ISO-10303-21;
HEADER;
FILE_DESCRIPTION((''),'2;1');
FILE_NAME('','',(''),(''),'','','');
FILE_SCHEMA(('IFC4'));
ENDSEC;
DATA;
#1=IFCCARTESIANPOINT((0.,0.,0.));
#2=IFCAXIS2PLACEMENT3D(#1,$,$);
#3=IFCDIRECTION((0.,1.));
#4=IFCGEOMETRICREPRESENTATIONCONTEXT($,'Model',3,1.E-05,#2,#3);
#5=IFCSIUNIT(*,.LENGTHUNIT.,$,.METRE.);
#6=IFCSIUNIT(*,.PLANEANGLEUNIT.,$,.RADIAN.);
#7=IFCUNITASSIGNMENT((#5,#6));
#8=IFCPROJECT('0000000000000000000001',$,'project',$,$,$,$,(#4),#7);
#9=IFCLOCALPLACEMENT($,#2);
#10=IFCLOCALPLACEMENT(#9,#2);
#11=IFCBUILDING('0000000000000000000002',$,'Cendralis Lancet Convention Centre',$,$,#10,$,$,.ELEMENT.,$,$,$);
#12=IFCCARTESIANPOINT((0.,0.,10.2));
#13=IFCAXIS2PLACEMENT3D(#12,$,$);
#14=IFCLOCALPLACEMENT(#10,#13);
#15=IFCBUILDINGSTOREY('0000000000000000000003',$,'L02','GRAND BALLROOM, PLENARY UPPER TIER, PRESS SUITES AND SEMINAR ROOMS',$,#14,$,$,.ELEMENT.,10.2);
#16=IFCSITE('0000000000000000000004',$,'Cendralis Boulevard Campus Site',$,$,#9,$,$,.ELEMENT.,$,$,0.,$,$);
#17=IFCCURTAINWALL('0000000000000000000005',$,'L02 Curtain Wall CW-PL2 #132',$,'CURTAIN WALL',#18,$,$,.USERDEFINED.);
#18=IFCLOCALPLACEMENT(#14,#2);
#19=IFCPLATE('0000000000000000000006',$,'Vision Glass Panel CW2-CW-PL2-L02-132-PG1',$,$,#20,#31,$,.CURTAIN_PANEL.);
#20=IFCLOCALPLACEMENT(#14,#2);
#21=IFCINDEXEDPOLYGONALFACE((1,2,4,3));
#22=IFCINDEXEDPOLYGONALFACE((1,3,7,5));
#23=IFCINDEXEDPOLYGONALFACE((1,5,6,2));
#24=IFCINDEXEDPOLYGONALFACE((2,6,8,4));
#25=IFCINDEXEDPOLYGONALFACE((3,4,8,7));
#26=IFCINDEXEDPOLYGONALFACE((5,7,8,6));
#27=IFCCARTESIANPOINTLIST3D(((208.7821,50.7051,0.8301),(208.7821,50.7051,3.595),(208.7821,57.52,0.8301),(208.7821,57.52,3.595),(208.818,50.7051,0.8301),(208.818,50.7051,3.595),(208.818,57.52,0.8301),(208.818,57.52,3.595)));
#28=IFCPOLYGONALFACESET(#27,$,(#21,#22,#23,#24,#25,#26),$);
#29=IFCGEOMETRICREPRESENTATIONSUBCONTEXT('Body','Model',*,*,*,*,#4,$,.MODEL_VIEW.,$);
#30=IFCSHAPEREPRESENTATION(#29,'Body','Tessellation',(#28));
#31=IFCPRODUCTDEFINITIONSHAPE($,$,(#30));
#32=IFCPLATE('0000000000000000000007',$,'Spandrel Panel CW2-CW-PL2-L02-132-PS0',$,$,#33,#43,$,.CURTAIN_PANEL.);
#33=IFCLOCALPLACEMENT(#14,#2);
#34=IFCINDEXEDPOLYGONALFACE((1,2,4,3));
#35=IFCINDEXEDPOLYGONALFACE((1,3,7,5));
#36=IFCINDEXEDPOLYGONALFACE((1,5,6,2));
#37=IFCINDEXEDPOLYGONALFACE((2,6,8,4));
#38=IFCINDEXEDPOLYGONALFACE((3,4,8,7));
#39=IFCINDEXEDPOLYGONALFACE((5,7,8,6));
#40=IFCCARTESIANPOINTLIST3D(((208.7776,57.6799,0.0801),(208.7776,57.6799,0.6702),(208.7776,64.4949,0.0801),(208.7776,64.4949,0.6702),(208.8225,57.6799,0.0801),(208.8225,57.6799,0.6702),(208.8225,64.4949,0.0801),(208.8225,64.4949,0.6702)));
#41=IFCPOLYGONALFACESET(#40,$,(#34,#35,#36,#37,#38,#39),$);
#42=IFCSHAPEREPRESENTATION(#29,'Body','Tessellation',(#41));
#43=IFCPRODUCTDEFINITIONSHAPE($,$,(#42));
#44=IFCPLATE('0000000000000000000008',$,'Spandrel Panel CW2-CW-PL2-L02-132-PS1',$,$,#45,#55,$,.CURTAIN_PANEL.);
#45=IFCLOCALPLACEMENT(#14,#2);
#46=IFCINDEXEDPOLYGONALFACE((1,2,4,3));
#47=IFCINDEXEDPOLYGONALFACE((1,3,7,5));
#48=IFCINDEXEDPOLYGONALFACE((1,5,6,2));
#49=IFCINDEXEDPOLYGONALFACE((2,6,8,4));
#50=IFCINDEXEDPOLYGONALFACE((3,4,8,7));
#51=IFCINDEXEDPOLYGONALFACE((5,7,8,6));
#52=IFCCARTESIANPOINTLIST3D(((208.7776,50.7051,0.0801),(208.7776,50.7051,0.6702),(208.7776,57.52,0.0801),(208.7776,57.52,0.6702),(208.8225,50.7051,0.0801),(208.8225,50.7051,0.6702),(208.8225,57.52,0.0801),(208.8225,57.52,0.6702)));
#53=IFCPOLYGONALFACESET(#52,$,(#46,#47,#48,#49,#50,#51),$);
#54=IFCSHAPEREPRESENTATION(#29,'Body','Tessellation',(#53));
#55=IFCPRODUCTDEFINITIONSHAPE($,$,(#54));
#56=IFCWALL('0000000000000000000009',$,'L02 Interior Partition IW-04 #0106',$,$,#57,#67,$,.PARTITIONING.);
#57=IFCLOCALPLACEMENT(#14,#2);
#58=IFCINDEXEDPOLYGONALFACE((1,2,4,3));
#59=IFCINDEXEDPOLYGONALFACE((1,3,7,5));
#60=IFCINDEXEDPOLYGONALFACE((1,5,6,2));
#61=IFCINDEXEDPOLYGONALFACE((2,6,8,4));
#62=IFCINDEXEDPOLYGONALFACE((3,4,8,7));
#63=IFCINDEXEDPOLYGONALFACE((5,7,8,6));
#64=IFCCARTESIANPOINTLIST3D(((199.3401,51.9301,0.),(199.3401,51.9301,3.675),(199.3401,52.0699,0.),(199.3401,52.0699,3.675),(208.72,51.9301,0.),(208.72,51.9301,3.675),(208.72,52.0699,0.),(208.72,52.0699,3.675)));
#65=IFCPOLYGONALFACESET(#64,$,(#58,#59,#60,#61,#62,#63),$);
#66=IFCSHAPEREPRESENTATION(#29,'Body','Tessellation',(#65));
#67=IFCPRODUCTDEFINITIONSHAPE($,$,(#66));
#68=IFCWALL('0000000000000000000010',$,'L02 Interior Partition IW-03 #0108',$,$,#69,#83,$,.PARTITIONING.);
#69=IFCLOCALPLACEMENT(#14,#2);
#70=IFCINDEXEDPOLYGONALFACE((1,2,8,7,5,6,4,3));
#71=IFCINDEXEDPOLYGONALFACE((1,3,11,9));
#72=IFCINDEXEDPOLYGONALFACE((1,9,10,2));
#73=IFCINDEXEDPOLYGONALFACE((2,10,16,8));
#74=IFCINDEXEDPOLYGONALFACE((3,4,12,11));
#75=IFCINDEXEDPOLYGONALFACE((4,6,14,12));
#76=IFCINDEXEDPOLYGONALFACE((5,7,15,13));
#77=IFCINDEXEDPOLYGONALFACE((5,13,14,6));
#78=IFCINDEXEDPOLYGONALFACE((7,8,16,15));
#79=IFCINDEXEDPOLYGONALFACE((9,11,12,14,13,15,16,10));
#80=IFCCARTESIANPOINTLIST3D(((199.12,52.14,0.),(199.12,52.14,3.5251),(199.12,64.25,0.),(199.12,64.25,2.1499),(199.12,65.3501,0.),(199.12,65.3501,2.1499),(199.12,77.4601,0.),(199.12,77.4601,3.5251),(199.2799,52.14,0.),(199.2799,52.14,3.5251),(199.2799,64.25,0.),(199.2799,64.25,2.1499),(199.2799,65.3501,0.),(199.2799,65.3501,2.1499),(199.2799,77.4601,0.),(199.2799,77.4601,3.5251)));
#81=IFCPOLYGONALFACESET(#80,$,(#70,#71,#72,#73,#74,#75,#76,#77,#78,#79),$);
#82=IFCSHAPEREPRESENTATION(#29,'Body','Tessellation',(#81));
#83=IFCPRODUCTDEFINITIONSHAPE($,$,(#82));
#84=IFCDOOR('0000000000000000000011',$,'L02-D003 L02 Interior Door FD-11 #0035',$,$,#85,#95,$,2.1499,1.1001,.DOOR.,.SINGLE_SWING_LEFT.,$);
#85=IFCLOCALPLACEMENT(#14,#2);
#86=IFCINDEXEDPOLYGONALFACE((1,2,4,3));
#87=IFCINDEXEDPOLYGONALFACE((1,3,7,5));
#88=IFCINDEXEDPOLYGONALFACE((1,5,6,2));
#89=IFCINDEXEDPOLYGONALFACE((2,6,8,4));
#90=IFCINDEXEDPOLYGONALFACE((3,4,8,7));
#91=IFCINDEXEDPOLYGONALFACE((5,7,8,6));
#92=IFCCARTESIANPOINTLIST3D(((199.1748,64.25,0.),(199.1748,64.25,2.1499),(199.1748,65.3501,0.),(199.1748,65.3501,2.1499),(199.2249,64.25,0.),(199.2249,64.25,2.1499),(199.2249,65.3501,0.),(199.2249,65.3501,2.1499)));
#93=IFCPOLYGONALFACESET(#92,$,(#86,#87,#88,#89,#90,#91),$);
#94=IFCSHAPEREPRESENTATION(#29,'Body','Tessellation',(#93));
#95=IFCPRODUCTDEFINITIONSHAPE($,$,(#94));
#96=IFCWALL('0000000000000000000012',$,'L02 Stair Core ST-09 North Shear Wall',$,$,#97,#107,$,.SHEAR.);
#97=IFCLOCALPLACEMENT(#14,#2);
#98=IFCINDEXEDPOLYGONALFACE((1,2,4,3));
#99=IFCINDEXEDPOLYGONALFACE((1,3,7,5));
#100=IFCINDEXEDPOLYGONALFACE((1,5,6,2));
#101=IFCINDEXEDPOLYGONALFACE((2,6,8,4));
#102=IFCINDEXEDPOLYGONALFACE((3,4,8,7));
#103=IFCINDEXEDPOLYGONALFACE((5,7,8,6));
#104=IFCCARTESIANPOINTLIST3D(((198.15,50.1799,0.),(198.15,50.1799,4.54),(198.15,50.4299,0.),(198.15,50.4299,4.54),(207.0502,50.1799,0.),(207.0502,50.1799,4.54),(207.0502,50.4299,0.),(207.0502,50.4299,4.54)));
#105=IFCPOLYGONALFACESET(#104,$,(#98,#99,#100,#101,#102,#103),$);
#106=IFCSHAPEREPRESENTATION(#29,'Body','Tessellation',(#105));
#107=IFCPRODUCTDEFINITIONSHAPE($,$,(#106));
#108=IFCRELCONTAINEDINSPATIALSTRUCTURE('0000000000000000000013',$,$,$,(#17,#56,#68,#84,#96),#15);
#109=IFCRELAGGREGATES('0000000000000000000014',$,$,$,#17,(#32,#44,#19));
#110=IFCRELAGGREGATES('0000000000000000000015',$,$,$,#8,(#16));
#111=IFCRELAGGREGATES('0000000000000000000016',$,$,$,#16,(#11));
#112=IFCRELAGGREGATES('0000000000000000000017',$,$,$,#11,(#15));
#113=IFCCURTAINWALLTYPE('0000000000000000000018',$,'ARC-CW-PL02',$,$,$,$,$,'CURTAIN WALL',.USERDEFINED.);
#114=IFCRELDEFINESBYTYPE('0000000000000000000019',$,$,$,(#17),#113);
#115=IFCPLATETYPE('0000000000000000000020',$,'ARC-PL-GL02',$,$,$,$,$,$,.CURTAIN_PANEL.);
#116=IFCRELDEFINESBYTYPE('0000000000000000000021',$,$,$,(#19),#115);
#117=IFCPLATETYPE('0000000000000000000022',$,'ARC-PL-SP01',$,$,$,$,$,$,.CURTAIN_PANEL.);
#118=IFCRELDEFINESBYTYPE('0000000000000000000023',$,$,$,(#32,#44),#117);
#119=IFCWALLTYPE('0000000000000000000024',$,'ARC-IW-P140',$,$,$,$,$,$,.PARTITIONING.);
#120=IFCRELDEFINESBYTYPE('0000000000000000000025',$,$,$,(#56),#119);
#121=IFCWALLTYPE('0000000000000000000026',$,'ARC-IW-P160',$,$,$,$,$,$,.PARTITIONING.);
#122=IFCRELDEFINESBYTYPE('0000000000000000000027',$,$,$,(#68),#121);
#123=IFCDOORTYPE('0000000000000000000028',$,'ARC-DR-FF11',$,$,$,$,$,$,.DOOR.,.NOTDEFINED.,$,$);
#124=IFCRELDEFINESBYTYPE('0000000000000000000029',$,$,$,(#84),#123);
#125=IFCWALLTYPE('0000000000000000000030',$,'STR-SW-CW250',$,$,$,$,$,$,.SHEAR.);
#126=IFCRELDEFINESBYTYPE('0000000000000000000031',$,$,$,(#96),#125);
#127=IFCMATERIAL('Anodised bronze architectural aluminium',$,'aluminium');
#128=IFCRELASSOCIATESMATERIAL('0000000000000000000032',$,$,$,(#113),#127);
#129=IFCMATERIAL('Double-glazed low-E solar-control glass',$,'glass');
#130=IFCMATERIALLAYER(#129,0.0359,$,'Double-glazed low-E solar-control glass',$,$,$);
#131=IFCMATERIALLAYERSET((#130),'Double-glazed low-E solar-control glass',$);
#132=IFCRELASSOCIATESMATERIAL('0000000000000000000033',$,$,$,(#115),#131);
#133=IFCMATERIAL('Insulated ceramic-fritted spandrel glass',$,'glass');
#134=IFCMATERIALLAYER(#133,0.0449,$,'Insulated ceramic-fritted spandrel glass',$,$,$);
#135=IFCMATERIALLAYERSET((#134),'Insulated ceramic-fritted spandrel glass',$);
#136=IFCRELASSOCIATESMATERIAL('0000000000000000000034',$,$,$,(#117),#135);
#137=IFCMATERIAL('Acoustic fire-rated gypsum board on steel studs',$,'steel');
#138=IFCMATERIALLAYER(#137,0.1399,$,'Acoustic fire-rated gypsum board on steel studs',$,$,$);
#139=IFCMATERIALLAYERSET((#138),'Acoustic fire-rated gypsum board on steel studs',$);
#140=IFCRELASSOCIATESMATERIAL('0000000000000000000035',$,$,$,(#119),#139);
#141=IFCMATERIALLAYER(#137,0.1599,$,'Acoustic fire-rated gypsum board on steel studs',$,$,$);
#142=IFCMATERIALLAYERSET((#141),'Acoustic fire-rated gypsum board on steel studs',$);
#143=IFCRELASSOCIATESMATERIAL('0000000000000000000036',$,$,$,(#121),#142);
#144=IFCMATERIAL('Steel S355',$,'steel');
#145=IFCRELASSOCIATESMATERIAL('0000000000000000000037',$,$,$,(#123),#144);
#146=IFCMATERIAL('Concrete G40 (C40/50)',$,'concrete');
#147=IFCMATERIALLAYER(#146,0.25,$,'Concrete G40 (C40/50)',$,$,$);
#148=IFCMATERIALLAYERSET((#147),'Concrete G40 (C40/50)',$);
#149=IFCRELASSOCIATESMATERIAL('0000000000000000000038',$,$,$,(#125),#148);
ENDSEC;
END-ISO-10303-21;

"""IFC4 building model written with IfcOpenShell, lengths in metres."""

from ifc_helpers import new_model, si_unit, direction, frame, frame_2d, origin, origin_2d, place, context, subcontext, project, spatial, rectangle, extrude, material, layer, layer_set, type_object, element, fill, aggregate, save


model = new_model("IFC4")

# Units and contexts
model_context = context("Model", 3, precision=1e-05, world=origin(), true_north=direction((0.0, 1.0)))
body_context = subcontext(model_context, "Body", "Model", "MODEL_VIEW")
ifc_project = project(units=[si_unit("LENGTHUNIT", "METRE"), si_unit("PLANEANGLEUNIT", "RADIAN")], contexts=[model_context])

# Site, building, storey
site_placement = place(None, origin())
site = spatial("IfcSite", under=ifc_project, at=site_placement, Name="Cendralis Boulevard Campus Site", CompositionType="ELEMENT", RefElevation=0.0)
building_placement = place(site_placement, origin())
building = spatial("IfcBuilding", under=site, at=building_placement, Name="Cendralis Lancet Convention Centre", CompositionType="ELEMENT")
storey_placement = place(building_placement, frame((0.0, 0.0, 10.2)))
storey = spatial("IfcBuildingStorey", under=building, at=storey_placement, Name="L02", Description="GRAND BALLROOM, PLENARY UPPER TIER, PRESS SUITES AND SEMINAR ROOMS", CompositionType="ELEMENT", Elevation=10.2)

# Shared definitions
ifc_material_1 = material(Name="Steel S355", Category="steel")

# Curtain wall
ifc_material_2 = material(Name="Anodised bronze architectural aluminium", Category="aluminium")
curtain_wall_type = type_object("IfcCurtainWallType", Name="ARC-CW-PL02", ElementType="CURTAIN WALL", PredefinedType="USERDEFINED", material=ifc_material_2)
curtain_wall_placement = place(storey_placement, origin())
curtain_wall = element("IfcCurtainWall", 1, at=curtain_wall_placement, inside=storey, type_object=curtain_wall_type, Name="L02 Curtain Wall CW-PL2 #132", ObjectType="CURTAIN WALL", PredefinedType="USERDEFINED")

# Shared definitions
ifc_material_3 = material(Name="Concrete G40 (C40/50)", Category="concrete")

# Plates
ifc_material_4 = material(Name="Double-glazed low-E solar-control glass", Category="glass")
ifc_layer_1 = layer(ifc_material_4, 0.0359, Name="Double-glazed low-E solar-control glass")
ifc_layer_set_1 = layer_set([ifc_layer_1], Name="Double-glazed low-E solar-control glass")
plate_type_1 = type_object("IfcPlateType", Name="ARC-PL-GL02", PredefinedType="CURTAIN_PANEL", material=ifc_layer_set_1)
plate_1_placement = place(storey_placement, frame((208.8, 54.1125, 0.8301), z_axis=(0.0, 0.0, 1.0), x_axis=(0.0, -1.0, 0.0)))
plate_1 = element("IfcPlate", 2, at=plate_1_placement, type_object=plate_type_1, Name="Vision Glass Panel CW2-CW-PL2-L02-132-PG1", PredefinedType="CURTAIN_PANEL", context=body_context, shape_type="SweptSolid", body=[
    extrude(rectangle(XDim=6.8149, YDim=0.0359, at=origin_2d()), origin(), (0.0, 0.0, 1.0), 2.7649),
])
ifc_material_5 = material(Name="Insulated ceramic-fritted spandrel glass", Category="glass")
ifc_layer_2 = layer(ifc_material_5, 0.0449, Name="Insulated ceramic-fritted spandrel glass")
ifc_layer_set_2 = layer_set([ifc_layer_2], Name="Insulated ceramic-fritted spandrel glass")
plate_type_2 = type_object("IfcPlateType", Name="ARC-PL-SP01", PredefinedType="CURTAIN_PANEL", material=ifc_layer_set_2)
plate_2_placement = place(storey_placement, frame((208.8, 61.0874, 0.0801), z_axis=(0.0, 0.0, 1.0), x_axis=(0.0, -1.0, 0.0)))
plate_2 = element("IfcPlate", 3, at=plate_2_placement, type_object=plate_type_2, Name="Spandrel Panel CW2-CW-PL2-L02-132-PS0", PredefinedType="CURTAIN_PANEL", context=body_context, shape_type="SweptSolid", body=[
    extrude(rectangle(XDim=6.8149, YDim=0.0449, at=origin_2d()), origin(), (0.0, 0.0, 1.0), 0.5901),
])
plate_3_placement = place(storey_placement, frame((208.8, 54.1125, 0.0801), z_axis=(0.0, 0.0, 1.0), x_axis=(0.0, -1.0, 0.0)))
plate_3 = element("IfcPlate", 4, at=plate_3_placement, type_object=plate_type_2, Name="Spandrel Panel CW2-CW-PL2-L02-132-PS1", PredefinedType="CURTAIN_PANEL", context=body_context, shape_type="SweptSolid", body=[
    extrude(rectangle(XDim=6.8149, YDim=0.0449, at=origin_2d()), origin(), (0.0, 0.0, 1.0), 0.5901),
])
aggregate(curtain_wall, [plate_2, plate_3, plate_1])

# Wall
ifc_material_6 = material(Name="Acoustic fire-rated gypsum board on steel studs", Category="steel")
ifc_layer_3 = layer(ifc_material_6, 0.1399, Name="Acoustic fire-rated gypsum board on steel studs")
ifc_layer_set_3 = layer_set([ifc_layer_3], Name="Acoustic fire-rated gypsum board on steel studs")
wall_type_1 = type_object("IfcWallType", Name="ARC-IW-P140", PredefinedType="PARTITIONING", material=ifc_layer_set_3)
wall_1_placement = place(storey_placement, frame((199.3401, 52.0, 0.0), z_axis=(0.0, 0.0, 1.0), x_axis=(1.0, 0.0, 0.0)))
element("IfcWall", 5, at=wall_1_placement, inside=storey, type_object=wall_type_1, Name="L02 Interior Partition IW-04 #0106", PredefinedType="PARTITIONING", context=body_context, shape_type="SweptSolid", body=[
    extrude(rectangle(XDim=9.3799, YDim=0.1399, at=frame_2d((4.6899, 0.0))), origin(), (0.0, 0.0, 1.0), 3.675),
])

# Wall, opening, door
ifc_layer_4 = layer(ifc_material_6, 0.1599, Name="Acoustic fire-rated gypsum board on steel studs")
ifc_layer_set_4 = layer_set([ifc_layer_4], Name="Acoustic fire-rated gypsum board on steel studs")
wall_type_2 = type_object("IfcWallType", Name="ARC-IW-P160", PredefinedType="PARTITIONING", material=ifc_layer_set_4)
wall_2_placement = place(storey_placement, frame((199.2, 52.1399, 0.0), z_axis=(0.0, 0.0, 1.0), x_axis=(0.0, 1.0, 0.0)))
wall_2 = element("IfcWall", 6, at=wall_2_placement, inside=storey, type_object=wall_type_2, Name="L02 Interior Partition IW-03 #0108", PredefinedType="PARTITIONING", context=body_context, shape_type="SweptSolid", body=[
    extrude(rectangle(XDim=25.3201, YDim=0.1599, at=frame_2d((12.6602, 0.0))), origin(), (0.0, 0.0, 1.0), 3.5251),
])
opening_placement = place(wall_2_placement, frame((12.1101, 0.0, 0.0)))
opening = element("IfcOpeningElement", 7, at=opening_placement, cuts=wall_2, PredefinedType="OPENING", context=body_context, shape_type="SweptSolid", body=[
    extrude(rectangle(XDim=1.1001, YDim=2.1499, at=frame_2d((0.55, 1.075))), frame((0.0, 0.0898, 0.0), z_axis=(0.0, -1.0, 0.0), x_axis=(1.0, 0.0, 0.0)), (0.0, 0.0, 1.0), 0.1799),
])
door_type = type_object("IfcDoorType", Name="ARC-DR-FF11", OperationType="NOTDEFINED", PredefinedType="DOOR", material=ifc_material_1)
door_placement = place(opening_placement, frame((1.1001, 0.0, 0.0), z_axis=(0.0, 0.0, 1.0), x_axis=(-1.0, 0.0, 0.0)))
door = element("IfcDoor", 8, at=door_placement, inside=storey, type_object=door_type, Name="L02-D003 L02 Interior Door FD-11 #0035", OperationType="SINGLE_SWING_LEFT", OverallHeight=2.1499, OverallWidth=1.1001, PredefinedType="DOOR", context=body_context, shape_type="SweptSolid", body=[
    extrude(rectangle(XDim=1.1001, YDim=2.1499, at=frame_2d((0.55, 1.075))), frame((0.0, 0.0249, 0.0), z_axis=(0.0, -1.0, 0.0), x_axis=(1.0, 0.0, 0.0)), (0.0, 0.0, 1.0), 0.05),
])
fill(opening, door)

# Wall
ifc_layer_5 = layer(ifc_material_3, 0.25, Name="Concrete G40 (C40/50)")
ifc_layer_set_5 = layer_set([ifc_layer_5], Name="Concrete G40 (C40/50)")
wall_type_3 = type_object("IfcWallType", Name="STR-SW-CW250", PredefinedType="SHEAR", material=ifc_layer_set_5)
wall_3_placement = place(storey_placement, frame((198.1499, 50.3049, 0.0), z_axis=(0.0, 0.0, 1.0), x_axis=(1.0, 0.0, 0.0)))
element("IfcWall", 9, at=wall_3_placement, inside=storey, type_object=wall_type_3, Name="L02 Stair Core ST-09 North Shear Wall", PredefinedType="SHEAR", context=body_context, shape_type="SweptSolid", body=[
    extrude(rectangle(XDim=8.9001, YDim=0.25, at=frame_2d((4.4502, 0.0))), origin(), (0.0, 0.0, 1.0), 4.54),
])

save(model, "model.ifc")
